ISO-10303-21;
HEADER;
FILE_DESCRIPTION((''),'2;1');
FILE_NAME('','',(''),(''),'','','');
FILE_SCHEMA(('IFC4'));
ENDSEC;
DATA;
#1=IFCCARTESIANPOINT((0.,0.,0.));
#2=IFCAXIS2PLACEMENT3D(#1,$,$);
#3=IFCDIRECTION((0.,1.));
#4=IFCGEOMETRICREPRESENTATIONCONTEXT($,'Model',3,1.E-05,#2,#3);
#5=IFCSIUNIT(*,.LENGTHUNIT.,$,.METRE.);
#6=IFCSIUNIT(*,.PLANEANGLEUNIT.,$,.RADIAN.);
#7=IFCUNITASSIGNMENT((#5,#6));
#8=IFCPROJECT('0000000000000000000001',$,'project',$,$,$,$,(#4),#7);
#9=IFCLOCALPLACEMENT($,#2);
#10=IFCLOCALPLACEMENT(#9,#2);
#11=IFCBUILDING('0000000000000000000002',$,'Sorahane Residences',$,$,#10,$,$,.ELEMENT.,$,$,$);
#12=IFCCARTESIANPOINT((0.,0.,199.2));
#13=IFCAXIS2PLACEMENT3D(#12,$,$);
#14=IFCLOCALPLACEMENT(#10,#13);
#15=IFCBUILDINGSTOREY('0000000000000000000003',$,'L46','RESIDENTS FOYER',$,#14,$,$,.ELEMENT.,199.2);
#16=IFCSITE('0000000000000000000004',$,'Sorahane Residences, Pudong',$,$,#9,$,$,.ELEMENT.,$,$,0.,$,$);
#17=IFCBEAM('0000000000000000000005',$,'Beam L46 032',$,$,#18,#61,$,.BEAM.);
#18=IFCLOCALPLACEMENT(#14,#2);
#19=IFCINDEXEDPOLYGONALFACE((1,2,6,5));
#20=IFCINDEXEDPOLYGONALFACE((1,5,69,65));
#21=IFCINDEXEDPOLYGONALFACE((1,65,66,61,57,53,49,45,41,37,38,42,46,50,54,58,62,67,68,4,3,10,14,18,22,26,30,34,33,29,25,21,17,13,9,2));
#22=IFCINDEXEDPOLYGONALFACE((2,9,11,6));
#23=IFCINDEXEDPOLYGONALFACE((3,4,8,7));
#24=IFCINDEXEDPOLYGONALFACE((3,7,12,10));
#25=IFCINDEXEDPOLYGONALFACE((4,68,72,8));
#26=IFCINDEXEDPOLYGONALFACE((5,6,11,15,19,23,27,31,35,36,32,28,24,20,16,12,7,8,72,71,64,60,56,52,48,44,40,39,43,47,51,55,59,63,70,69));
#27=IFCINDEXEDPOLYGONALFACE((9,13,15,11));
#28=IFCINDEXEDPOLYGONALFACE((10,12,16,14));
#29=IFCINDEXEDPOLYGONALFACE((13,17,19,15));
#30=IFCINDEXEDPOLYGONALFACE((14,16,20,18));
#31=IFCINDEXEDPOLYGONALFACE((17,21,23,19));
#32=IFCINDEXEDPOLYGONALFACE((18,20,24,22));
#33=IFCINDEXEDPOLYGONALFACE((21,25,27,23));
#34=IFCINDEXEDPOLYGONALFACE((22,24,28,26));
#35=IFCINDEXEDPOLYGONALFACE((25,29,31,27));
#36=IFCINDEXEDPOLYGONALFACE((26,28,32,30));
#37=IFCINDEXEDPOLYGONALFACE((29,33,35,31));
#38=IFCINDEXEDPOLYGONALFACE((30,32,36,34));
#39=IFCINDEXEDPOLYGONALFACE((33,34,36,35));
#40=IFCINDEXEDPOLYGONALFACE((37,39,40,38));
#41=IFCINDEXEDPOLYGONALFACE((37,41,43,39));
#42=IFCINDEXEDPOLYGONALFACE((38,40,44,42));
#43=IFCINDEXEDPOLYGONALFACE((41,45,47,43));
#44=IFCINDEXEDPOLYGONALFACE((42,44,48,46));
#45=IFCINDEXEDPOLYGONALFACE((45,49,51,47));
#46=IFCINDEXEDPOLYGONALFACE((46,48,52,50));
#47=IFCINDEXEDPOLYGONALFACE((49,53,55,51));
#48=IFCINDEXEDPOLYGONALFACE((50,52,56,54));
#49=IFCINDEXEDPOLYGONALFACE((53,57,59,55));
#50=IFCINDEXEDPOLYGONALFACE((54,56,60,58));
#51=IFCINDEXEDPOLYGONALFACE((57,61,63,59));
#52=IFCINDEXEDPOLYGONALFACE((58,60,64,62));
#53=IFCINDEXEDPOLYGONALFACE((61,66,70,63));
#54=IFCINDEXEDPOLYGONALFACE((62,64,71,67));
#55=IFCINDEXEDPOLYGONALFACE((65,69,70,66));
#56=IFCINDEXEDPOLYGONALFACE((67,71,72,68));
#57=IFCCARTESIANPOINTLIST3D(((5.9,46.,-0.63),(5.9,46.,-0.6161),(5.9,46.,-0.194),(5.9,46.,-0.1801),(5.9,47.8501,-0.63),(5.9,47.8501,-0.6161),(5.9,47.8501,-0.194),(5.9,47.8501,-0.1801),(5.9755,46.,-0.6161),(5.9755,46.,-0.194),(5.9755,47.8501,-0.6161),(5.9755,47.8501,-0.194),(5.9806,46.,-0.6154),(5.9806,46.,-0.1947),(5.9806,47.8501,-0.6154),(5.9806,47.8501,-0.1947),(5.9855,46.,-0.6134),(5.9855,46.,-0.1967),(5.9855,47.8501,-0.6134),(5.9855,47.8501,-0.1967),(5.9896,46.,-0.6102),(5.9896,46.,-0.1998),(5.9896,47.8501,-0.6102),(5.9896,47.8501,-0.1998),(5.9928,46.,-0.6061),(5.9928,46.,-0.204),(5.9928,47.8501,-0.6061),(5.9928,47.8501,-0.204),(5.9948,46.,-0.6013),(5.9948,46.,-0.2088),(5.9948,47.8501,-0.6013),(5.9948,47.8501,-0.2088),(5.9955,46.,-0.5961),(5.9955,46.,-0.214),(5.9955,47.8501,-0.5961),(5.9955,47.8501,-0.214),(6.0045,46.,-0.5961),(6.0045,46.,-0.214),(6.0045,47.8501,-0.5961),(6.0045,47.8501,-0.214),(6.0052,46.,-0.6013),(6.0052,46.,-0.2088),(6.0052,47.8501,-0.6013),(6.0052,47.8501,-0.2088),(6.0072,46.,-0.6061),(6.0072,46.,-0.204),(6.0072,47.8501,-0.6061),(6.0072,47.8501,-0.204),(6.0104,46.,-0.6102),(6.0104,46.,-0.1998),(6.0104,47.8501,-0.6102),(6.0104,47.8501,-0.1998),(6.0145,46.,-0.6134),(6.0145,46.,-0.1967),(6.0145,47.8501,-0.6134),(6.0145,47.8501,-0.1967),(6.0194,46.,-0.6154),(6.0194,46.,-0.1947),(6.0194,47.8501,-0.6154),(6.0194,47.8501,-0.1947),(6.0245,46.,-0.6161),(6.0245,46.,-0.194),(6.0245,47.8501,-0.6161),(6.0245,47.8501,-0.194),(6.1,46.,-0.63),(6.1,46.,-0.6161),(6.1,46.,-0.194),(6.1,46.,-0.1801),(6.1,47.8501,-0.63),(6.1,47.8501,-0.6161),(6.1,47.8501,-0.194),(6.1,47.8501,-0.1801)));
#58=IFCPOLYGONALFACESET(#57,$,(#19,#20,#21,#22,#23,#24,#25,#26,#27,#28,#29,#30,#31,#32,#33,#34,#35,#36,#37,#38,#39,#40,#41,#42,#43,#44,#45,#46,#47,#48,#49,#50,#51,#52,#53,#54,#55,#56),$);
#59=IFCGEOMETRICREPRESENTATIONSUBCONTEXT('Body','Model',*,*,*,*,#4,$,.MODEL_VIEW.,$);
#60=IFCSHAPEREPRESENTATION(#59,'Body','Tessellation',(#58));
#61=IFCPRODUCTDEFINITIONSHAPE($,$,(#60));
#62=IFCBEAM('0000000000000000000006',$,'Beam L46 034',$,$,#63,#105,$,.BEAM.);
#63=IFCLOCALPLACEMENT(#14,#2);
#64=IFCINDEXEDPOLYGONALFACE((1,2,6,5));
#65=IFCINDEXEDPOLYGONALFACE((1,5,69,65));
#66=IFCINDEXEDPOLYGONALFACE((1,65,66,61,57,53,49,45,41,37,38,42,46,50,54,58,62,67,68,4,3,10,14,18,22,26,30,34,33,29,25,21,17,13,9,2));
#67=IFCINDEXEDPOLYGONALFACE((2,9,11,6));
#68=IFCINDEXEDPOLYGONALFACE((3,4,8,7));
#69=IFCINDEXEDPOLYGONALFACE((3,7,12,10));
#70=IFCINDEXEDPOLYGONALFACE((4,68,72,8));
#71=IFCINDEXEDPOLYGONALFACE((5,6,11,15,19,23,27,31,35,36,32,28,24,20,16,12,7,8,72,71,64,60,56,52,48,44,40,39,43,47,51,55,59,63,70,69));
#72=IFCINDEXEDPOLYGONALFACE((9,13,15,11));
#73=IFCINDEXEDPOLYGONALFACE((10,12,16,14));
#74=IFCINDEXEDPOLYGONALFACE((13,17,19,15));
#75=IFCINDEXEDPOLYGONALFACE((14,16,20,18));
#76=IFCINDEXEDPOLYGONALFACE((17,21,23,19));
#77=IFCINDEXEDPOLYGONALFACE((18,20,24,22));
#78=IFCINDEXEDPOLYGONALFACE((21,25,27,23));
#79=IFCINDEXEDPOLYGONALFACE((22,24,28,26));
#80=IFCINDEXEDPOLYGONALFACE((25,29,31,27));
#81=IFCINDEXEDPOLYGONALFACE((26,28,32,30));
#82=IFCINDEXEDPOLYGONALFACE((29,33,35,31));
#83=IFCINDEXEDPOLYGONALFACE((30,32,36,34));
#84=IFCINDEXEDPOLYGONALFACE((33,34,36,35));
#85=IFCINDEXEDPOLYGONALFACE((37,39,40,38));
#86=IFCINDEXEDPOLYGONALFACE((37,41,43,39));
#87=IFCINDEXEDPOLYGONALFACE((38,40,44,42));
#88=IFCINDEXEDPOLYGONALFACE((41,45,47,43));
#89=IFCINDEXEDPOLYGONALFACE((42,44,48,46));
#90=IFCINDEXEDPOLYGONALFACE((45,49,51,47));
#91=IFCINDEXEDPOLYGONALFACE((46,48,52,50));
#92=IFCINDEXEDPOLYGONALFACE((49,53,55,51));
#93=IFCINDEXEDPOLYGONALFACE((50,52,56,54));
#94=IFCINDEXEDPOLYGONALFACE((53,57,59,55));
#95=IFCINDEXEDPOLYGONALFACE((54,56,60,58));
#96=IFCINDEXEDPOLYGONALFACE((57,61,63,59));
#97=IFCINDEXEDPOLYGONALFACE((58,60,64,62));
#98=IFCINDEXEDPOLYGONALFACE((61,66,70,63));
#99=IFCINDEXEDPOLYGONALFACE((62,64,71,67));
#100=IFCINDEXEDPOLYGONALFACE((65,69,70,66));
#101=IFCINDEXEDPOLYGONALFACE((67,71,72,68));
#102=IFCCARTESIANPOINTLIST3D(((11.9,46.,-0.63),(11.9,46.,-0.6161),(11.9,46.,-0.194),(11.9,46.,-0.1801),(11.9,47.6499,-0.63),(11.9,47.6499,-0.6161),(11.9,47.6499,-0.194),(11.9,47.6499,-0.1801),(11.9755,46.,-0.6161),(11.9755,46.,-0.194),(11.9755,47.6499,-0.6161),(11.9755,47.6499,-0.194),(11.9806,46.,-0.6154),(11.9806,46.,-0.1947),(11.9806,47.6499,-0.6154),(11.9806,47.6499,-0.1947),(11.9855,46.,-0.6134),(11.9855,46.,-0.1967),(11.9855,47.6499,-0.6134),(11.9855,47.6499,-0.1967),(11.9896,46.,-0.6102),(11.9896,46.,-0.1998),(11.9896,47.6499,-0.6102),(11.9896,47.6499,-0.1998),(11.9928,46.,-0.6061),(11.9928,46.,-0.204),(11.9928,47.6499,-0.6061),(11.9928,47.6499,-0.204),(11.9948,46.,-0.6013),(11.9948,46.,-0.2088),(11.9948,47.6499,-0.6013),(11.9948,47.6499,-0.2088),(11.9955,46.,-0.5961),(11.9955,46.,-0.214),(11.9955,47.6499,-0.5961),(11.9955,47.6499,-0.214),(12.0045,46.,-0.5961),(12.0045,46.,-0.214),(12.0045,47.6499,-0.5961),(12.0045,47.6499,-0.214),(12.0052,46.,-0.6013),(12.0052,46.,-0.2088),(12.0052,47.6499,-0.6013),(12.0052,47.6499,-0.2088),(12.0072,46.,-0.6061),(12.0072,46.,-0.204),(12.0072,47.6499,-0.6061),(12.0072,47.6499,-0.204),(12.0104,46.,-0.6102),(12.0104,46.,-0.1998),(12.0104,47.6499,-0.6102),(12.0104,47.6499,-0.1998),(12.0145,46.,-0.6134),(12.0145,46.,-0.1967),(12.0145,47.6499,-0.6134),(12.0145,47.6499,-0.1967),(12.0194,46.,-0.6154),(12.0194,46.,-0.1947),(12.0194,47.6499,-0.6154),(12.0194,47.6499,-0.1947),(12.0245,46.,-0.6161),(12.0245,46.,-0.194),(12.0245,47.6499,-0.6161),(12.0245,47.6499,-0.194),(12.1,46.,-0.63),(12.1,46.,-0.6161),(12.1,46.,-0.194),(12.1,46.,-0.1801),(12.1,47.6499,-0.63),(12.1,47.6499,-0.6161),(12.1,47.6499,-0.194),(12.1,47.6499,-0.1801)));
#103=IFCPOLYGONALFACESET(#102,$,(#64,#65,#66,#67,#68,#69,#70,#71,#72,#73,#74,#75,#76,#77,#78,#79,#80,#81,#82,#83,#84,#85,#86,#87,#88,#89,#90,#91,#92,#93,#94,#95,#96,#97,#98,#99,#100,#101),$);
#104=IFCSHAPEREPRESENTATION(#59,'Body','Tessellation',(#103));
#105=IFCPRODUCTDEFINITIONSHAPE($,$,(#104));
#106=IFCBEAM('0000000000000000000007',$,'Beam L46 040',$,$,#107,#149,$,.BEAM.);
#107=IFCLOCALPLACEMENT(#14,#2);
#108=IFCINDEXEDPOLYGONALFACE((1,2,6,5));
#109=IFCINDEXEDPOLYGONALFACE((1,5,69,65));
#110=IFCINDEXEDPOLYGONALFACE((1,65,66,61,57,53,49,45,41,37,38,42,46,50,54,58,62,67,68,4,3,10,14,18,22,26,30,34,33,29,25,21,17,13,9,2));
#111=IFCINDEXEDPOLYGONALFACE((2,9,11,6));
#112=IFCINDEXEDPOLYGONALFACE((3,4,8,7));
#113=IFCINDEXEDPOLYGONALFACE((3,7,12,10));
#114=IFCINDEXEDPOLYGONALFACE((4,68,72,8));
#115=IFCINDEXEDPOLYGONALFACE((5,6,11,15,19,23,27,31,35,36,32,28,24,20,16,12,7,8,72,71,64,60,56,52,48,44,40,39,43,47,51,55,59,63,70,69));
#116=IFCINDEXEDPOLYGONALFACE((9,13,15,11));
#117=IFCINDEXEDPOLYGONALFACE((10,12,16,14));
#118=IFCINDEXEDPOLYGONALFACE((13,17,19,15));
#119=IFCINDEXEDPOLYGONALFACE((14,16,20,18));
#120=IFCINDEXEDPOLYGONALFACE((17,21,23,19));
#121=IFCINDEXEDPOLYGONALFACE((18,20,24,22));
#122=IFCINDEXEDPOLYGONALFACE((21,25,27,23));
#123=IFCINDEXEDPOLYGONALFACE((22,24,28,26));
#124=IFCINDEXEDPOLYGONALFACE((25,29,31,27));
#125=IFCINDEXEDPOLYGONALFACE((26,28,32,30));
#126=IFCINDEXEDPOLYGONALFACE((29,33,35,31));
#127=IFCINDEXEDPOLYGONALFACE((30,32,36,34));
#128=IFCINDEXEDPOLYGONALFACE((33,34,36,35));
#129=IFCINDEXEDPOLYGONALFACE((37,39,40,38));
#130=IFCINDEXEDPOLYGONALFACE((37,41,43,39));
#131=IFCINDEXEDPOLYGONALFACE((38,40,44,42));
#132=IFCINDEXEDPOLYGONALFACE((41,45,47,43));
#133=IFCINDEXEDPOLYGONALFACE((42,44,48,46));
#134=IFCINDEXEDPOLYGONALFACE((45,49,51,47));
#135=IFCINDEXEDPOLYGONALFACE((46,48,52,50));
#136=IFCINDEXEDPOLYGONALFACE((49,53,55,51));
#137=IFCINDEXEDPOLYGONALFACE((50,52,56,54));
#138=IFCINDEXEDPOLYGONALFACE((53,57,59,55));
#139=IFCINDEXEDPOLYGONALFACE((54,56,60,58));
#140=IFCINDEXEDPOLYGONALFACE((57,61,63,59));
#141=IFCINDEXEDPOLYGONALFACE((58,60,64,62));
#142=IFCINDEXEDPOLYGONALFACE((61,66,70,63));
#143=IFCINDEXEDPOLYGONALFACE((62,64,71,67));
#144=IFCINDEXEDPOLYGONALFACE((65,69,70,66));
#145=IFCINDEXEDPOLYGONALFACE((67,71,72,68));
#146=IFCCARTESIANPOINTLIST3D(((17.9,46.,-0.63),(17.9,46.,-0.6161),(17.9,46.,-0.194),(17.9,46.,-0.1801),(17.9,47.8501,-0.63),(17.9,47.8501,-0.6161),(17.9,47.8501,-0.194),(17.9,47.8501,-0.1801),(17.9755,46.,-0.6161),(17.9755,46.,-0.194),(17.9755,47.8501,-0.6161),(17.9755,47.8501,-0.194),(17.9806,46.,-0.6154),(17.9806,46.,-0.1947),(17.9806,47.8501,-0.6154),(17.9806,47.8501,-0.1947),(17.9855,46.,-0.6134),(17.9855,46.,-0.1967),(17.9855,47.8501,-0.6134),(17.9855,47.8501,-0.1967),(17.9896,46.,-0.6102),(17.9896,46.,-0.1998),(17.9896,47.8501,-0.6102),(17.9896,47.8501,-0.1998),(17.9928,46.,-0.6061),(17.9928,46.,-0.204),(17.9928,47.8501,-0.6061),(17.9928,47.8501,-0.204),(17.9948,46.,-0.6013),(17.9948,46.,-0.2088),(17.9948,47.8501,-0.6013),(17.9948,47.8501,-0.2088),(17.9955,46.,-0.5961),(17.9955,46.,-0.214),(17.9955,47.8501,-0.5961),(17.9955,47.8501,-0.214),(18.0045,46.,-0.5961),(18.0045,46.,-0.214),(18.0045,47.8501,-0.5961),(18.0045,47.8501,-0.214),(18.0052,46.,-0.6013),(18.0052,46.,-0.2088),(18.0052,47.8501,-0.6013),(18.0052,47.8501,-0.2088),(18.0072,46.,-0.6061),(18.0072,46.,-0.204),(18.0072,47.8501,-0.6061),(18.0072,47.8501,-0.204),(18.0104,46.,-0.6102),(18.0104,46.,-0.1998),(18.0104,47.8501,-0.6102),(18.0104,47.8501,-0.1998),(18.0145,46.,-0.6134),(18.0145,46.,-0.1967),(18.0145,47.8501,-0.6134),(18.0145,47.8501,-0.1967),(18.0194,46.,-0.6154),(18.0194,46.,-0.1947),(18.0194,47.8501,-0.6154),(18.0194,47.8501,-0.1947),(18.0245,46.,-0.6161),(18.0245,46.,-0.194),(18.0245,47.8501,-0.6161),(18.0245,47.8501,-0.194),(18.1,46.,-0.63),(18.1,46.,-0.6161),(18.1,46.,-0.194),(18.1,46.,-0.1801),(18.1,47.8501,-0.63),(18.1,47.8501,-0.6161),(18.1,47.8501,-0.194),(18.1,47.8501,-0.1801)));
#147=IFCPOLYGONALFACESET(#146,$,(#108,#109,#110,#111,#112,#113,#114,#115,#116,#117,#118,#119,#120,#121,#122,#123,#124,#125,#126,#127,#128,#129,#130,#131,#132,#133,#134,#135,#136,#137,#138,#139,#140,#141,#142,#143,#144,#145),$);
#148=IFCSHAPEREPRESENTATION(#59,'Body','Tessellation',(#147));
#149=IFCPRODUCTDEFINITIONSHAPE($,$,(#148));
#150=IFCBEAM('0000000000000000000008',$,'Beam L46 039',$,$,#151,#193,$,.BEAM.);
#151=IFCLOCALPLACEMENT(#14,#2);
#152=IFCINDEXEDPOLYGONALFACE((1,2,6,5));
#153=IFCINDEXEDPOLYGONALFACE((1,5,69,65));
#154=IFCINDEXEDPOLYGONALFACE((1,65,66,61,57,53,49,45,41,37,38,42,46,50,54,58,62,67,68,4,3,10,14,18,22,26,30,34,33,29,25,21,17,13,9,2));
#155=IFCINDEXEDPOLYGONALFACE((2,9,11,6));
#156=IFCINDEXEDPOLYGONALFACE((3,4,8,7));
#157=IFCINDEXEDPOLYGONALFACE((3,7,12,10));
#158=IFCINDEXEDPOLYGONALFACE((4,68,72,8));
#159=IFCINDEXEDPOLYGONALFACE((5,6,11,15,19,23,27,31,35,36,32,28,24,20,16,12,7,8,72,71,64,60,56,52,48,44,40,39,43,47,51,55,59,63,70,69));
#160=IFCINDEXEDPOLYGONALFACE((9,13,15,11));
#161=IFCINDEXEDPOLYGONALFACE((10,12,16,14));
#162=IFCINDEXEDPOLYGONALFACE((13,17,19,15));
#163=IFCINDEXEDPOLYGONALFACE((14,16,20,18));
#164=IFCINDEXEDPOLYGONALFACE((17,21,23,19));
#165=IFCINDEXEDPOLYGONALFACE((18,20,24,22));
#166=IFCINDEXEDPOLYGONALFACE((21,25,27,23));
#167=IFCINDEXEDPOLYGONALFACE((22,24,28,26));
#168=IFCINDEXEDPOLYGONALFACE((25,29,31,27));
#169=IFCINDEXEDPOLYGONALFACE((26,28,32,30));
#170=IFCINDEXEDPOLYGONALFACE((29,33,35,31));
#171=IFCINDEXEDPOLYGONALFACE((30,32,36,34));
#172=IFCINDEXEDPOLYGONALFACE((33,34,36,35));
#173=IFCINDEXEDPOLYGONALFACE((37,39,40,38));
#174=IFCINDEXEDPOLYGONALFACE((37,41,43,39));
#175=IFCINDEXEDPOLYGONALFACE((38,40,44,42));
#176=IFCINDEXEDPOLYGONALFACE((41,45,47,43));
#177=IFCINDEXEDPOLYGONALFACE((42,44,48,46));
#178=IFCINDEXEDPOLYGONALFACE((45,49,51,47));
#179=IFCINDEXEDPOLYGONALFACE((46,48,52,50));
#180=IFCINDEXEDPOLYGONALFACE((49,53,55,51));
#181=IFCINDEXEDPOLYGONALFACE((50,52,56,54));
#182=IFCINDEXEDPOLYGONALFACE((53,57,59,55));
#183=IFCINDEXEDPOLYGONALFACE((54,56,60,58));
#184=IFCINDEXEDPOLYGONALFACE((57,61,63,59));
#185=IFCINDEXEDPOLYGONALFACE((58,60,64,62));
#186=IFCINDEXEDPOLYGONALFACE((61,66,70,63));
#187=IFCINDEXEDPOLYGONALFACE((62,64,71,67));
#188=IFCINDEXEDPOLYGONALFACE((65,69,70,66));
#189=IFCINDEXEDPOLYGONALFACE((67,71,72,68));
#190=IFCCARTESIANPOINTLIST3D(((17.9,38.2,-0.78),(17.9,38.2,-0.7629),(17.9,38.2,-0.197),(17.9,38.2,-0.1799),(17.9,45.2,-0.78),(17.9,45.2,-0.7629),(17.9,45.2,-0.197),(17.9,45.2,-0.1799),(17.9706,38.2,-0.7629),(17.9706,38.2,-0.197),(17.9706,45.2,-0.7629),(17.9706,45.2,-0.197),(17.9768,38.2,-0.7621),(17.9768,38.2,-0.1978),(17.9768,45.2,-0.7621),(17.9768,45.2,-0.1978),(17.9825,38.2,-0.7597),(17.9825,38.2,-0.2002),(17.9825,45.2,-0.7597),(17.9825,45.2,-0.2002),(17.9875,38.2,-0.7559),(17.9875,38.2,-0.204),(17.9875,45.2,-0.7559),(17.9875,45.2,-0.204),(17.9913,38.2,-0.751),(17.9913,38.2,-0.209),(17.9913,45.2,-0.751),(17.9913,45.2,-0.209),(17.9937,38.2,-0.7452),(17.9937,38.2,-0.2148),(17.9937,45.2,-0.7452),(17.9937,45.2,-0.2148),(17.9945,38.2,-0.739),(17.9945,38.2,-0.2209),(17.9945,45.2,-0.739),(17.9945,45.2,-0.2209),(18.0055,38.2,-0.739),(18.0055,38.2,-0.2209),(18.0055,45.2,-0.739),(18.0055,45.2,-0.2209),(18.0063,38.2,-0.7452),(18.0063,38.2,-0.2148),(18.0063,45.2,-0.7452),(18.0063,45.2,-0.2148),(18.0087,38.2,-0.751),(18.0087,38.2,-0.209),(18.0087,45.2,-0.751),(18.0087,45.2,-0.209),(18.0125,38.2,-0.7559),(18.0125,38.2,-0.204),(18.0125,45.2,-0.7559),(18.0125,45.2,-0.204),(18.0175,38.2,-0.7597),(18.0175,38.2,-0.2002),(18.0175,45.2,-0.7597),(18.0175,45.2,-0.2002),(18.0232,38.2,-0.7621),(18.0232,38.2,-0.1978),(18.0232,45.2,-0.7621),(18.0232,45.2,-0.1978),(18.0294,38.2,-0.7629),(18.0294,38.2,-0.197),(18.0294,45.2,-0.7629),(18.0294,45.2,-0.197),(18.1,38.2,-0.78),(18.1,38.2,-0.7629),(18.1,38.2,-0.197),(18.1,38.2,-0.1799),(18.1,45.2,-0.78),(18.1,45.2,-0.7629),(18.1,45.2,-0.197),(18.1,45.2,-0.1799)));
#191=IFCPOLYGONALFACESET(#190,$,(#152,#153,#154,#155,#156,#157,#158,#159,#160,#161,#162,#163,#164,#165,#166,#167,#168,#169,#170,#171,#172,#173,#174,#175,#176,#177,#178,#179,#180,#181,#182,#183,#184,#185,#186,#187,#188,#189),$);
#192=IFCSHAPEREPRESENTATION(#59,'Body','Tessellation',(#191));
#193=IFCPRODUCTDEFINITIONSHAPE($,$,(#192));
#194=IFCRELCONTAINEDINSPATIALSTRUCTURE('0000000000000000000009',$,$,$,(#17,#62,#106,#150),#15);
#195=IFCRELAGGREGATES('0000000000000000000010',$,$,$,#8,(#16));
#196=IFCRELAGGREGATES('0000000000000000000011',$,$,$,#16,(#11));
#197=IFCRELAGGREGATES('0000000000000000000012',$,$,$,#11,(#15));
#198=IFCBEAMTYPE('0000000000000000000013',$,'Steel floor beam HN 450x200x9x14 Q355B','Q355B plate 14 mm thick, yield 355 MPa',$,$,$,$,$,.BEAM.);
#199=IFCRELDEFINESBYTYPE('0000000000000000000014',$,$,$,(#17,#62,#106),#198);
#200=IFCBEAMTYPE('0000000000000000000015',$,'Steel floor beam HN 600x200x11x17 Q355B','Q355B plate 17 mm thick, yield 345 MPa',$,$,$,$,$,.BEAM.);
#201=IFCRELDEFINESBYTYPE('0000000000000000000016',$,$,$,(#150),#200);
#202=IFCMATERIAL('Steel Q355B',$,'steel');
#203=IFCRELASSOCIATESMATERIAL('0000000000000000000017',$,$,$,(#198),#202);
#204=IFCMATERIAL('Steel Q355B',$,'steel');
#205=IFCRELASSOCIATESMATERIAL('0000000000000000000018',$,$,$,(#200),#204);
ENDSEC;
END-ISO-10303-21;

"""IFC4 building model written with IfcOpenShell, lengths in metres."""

from ifc_helpers import new_model, si_unit, direction, frame, origin, origin_2d, place, context, subcontext, project, spatial, i_section, extrude, material, material_profile, profile_set, type_object, element, save


model = new_model("IFC4")

# Units and contexts
model_context = context("Model", 3, precision=1e-05, world=origin(), true_north=direction((0.0, 1.0)))
body_context = subcontext(model_context, "Body", "Model", "MODEL_VIEW")
ifc_project = project(units=[si_unit("LENGTHUNIT", "METRE"), si_unit("PLANEANGLEUNIT", "RADIAN")], contexts=[model_context])

# Site, building, storey
site_placement = place(None, origin())
site = spatial("IfcSite", under=ifc_project, at=site_placement, Name="Sorahane Residences, Pudong", CompositionType="ELEMENT", RefElevation=0.0)
building_placement = place(site_placement, origin())
building = spatial("IfcBuilding", under=site, at=building_placement, Name="Sorahane Residences", CompositionType="ELEMENT")
storey_placement = place(building_placement, frame((0.0, 0.0, 199.2)))
storey = spatial("IfcBuildingStorey", under=building, at=storey_placement, Name="L46", Description="RESIDENTS FOYER", CompositionType="ELEMENT", Elevation=199.2)

# Beams
ifc_material_1 = material(Name="Steel Q355B", Category="steel")
ifc_material_profile_1 = material_profile(ifc_material_1, i_section(OverallWidth=0.2, OverallDepth=0.45, WebThickness=0.009, FlangeThickness=0.0139, FilletRadius=0.02, at=origin_2d()), Name="HN 450x200x9x14")
ifc_profile_set_1 = profile_set([ifc_material_profile_1], Name="Steel Q355B")
beam_type_1 = type_object("IfcBeamType", Name="Steel floor beam HN 450x200x9x14 Q355B", Description="Q355B plate 14 mm thick, yield 355 MPa", PredefinedType="BEAM", material=ifc_profile_set_1)
beam_1_placement = place(storey_placement, frame((6.0, 46.0, -0.405), z_axis=(0.0, 1.0, 0.0), x_axis=(-1.0, 0.0, 0.0)))
element("IfcBeam", 1, at=beam_1_placement, inside=storey, type_object=beam_type_1, Name="Beam L46 032", PredefinedType="BEAM", context=body_context, shape_type="SweptSolid", body=[
    extrude(i_section(OverallWidth=0.2, OverallDepth=0.45, WebThickness=0.009, FlangeThickness=0.0139, FilletRadius=0.02, at=origin_2d()), origin(), (0.0, 0.0, 1.0), 1.8501),
])
beam_2_placement = place(storey_placement, frame((12.0, 46.0, -0.405), z_axis=(0.0, 1.0, 0.0), x_axis=(-1.0, 0.0, 0.0)))
element("IfcBeam", 2, at=beam_2_placement, inside=storey, type_object=beam_type_1, Name="Beam L46 034", PredefinedType="BEAM", context=body_context, shape_type="SweptSolid", body=[
    extrude(i_section(OverallWidth=0.2, OverallDepth=0.45, WebThickness=0.009, FlangeThickness=0.0139, FilletRadius=0.02, at=origin_2d()), origin(), (0.0, 0.0, 1.0), 1.6499),
])
beam_3_placement = place(storey_placement, frame((18.0, 46.0, -0.405), z_axis=(0.0, 1.0, 0.0), x_axis=(-1.0, 0.0, 0.0)))
element("IfcBeam", 3, at=beam_3_placement, inside=storey, type_object=beam_type_1, Name="Beam L46 040", PredefinedType="BEAM", context=body_context, shape_type="SweptSolid", body=[
    extrude(i_section(OverallWidth=0.2, OverallDepth=0.45, WebThickness=0.009, FlangeThickness=0.0139, FilletRadius=0.02, at=origin_2d()), origin(), (0.0, 0.0, 1.0), 1.8501),
])
ifc_material_2 = material(Name="Steel Q355B", Category="steel")
ifc_material_profile_2 = material_profile(ifc_material_2, i_section(OverallWidth=0.2, OverallDepth=0.6001, WebThickness=0.011, FlangeThickness=0.0171, FilletRadius=0.0239, at=origin_2d()), Name="HN 600x200x11x17")
ifc_profile_set_2 = profile_set([ifc_material_profile_2], Name="Steel Q355B")
beam_type_2 = type_object("IfcBeamType", Name="Steel floor beam HN 600x200x11x17 Q355B", Description="Q355B plate 17 mm thick, yield 345 MPa", PredefinedType="BEAM", material=ifc_profile_set_2)
beam_4_placement = place(storey_placement, frame((18.0, 38.2, -0.48), z_axis=(0.0, 1.0, 0.0), x_axis=(-1.0, 0.0, 0.0)))
element("IfcBeam", 4, at=beam_4_placement, inside=storey, type_object=beam_type_2, Name="Beam L46 039", PredefinedType="BEAM", context=body_context, shape_type="SweptSolid", body=[
    extrude(i_section(OverallWidth=0.2, OverallDepth=0.6001, WebThickness=0.011, FlangeThickness=0.0171, FilletRadius=0.0239, at=origin_2d()), origin(), (0.0, 0.0, 1.0), 7.0),
])

save(model, "model.ifc")
